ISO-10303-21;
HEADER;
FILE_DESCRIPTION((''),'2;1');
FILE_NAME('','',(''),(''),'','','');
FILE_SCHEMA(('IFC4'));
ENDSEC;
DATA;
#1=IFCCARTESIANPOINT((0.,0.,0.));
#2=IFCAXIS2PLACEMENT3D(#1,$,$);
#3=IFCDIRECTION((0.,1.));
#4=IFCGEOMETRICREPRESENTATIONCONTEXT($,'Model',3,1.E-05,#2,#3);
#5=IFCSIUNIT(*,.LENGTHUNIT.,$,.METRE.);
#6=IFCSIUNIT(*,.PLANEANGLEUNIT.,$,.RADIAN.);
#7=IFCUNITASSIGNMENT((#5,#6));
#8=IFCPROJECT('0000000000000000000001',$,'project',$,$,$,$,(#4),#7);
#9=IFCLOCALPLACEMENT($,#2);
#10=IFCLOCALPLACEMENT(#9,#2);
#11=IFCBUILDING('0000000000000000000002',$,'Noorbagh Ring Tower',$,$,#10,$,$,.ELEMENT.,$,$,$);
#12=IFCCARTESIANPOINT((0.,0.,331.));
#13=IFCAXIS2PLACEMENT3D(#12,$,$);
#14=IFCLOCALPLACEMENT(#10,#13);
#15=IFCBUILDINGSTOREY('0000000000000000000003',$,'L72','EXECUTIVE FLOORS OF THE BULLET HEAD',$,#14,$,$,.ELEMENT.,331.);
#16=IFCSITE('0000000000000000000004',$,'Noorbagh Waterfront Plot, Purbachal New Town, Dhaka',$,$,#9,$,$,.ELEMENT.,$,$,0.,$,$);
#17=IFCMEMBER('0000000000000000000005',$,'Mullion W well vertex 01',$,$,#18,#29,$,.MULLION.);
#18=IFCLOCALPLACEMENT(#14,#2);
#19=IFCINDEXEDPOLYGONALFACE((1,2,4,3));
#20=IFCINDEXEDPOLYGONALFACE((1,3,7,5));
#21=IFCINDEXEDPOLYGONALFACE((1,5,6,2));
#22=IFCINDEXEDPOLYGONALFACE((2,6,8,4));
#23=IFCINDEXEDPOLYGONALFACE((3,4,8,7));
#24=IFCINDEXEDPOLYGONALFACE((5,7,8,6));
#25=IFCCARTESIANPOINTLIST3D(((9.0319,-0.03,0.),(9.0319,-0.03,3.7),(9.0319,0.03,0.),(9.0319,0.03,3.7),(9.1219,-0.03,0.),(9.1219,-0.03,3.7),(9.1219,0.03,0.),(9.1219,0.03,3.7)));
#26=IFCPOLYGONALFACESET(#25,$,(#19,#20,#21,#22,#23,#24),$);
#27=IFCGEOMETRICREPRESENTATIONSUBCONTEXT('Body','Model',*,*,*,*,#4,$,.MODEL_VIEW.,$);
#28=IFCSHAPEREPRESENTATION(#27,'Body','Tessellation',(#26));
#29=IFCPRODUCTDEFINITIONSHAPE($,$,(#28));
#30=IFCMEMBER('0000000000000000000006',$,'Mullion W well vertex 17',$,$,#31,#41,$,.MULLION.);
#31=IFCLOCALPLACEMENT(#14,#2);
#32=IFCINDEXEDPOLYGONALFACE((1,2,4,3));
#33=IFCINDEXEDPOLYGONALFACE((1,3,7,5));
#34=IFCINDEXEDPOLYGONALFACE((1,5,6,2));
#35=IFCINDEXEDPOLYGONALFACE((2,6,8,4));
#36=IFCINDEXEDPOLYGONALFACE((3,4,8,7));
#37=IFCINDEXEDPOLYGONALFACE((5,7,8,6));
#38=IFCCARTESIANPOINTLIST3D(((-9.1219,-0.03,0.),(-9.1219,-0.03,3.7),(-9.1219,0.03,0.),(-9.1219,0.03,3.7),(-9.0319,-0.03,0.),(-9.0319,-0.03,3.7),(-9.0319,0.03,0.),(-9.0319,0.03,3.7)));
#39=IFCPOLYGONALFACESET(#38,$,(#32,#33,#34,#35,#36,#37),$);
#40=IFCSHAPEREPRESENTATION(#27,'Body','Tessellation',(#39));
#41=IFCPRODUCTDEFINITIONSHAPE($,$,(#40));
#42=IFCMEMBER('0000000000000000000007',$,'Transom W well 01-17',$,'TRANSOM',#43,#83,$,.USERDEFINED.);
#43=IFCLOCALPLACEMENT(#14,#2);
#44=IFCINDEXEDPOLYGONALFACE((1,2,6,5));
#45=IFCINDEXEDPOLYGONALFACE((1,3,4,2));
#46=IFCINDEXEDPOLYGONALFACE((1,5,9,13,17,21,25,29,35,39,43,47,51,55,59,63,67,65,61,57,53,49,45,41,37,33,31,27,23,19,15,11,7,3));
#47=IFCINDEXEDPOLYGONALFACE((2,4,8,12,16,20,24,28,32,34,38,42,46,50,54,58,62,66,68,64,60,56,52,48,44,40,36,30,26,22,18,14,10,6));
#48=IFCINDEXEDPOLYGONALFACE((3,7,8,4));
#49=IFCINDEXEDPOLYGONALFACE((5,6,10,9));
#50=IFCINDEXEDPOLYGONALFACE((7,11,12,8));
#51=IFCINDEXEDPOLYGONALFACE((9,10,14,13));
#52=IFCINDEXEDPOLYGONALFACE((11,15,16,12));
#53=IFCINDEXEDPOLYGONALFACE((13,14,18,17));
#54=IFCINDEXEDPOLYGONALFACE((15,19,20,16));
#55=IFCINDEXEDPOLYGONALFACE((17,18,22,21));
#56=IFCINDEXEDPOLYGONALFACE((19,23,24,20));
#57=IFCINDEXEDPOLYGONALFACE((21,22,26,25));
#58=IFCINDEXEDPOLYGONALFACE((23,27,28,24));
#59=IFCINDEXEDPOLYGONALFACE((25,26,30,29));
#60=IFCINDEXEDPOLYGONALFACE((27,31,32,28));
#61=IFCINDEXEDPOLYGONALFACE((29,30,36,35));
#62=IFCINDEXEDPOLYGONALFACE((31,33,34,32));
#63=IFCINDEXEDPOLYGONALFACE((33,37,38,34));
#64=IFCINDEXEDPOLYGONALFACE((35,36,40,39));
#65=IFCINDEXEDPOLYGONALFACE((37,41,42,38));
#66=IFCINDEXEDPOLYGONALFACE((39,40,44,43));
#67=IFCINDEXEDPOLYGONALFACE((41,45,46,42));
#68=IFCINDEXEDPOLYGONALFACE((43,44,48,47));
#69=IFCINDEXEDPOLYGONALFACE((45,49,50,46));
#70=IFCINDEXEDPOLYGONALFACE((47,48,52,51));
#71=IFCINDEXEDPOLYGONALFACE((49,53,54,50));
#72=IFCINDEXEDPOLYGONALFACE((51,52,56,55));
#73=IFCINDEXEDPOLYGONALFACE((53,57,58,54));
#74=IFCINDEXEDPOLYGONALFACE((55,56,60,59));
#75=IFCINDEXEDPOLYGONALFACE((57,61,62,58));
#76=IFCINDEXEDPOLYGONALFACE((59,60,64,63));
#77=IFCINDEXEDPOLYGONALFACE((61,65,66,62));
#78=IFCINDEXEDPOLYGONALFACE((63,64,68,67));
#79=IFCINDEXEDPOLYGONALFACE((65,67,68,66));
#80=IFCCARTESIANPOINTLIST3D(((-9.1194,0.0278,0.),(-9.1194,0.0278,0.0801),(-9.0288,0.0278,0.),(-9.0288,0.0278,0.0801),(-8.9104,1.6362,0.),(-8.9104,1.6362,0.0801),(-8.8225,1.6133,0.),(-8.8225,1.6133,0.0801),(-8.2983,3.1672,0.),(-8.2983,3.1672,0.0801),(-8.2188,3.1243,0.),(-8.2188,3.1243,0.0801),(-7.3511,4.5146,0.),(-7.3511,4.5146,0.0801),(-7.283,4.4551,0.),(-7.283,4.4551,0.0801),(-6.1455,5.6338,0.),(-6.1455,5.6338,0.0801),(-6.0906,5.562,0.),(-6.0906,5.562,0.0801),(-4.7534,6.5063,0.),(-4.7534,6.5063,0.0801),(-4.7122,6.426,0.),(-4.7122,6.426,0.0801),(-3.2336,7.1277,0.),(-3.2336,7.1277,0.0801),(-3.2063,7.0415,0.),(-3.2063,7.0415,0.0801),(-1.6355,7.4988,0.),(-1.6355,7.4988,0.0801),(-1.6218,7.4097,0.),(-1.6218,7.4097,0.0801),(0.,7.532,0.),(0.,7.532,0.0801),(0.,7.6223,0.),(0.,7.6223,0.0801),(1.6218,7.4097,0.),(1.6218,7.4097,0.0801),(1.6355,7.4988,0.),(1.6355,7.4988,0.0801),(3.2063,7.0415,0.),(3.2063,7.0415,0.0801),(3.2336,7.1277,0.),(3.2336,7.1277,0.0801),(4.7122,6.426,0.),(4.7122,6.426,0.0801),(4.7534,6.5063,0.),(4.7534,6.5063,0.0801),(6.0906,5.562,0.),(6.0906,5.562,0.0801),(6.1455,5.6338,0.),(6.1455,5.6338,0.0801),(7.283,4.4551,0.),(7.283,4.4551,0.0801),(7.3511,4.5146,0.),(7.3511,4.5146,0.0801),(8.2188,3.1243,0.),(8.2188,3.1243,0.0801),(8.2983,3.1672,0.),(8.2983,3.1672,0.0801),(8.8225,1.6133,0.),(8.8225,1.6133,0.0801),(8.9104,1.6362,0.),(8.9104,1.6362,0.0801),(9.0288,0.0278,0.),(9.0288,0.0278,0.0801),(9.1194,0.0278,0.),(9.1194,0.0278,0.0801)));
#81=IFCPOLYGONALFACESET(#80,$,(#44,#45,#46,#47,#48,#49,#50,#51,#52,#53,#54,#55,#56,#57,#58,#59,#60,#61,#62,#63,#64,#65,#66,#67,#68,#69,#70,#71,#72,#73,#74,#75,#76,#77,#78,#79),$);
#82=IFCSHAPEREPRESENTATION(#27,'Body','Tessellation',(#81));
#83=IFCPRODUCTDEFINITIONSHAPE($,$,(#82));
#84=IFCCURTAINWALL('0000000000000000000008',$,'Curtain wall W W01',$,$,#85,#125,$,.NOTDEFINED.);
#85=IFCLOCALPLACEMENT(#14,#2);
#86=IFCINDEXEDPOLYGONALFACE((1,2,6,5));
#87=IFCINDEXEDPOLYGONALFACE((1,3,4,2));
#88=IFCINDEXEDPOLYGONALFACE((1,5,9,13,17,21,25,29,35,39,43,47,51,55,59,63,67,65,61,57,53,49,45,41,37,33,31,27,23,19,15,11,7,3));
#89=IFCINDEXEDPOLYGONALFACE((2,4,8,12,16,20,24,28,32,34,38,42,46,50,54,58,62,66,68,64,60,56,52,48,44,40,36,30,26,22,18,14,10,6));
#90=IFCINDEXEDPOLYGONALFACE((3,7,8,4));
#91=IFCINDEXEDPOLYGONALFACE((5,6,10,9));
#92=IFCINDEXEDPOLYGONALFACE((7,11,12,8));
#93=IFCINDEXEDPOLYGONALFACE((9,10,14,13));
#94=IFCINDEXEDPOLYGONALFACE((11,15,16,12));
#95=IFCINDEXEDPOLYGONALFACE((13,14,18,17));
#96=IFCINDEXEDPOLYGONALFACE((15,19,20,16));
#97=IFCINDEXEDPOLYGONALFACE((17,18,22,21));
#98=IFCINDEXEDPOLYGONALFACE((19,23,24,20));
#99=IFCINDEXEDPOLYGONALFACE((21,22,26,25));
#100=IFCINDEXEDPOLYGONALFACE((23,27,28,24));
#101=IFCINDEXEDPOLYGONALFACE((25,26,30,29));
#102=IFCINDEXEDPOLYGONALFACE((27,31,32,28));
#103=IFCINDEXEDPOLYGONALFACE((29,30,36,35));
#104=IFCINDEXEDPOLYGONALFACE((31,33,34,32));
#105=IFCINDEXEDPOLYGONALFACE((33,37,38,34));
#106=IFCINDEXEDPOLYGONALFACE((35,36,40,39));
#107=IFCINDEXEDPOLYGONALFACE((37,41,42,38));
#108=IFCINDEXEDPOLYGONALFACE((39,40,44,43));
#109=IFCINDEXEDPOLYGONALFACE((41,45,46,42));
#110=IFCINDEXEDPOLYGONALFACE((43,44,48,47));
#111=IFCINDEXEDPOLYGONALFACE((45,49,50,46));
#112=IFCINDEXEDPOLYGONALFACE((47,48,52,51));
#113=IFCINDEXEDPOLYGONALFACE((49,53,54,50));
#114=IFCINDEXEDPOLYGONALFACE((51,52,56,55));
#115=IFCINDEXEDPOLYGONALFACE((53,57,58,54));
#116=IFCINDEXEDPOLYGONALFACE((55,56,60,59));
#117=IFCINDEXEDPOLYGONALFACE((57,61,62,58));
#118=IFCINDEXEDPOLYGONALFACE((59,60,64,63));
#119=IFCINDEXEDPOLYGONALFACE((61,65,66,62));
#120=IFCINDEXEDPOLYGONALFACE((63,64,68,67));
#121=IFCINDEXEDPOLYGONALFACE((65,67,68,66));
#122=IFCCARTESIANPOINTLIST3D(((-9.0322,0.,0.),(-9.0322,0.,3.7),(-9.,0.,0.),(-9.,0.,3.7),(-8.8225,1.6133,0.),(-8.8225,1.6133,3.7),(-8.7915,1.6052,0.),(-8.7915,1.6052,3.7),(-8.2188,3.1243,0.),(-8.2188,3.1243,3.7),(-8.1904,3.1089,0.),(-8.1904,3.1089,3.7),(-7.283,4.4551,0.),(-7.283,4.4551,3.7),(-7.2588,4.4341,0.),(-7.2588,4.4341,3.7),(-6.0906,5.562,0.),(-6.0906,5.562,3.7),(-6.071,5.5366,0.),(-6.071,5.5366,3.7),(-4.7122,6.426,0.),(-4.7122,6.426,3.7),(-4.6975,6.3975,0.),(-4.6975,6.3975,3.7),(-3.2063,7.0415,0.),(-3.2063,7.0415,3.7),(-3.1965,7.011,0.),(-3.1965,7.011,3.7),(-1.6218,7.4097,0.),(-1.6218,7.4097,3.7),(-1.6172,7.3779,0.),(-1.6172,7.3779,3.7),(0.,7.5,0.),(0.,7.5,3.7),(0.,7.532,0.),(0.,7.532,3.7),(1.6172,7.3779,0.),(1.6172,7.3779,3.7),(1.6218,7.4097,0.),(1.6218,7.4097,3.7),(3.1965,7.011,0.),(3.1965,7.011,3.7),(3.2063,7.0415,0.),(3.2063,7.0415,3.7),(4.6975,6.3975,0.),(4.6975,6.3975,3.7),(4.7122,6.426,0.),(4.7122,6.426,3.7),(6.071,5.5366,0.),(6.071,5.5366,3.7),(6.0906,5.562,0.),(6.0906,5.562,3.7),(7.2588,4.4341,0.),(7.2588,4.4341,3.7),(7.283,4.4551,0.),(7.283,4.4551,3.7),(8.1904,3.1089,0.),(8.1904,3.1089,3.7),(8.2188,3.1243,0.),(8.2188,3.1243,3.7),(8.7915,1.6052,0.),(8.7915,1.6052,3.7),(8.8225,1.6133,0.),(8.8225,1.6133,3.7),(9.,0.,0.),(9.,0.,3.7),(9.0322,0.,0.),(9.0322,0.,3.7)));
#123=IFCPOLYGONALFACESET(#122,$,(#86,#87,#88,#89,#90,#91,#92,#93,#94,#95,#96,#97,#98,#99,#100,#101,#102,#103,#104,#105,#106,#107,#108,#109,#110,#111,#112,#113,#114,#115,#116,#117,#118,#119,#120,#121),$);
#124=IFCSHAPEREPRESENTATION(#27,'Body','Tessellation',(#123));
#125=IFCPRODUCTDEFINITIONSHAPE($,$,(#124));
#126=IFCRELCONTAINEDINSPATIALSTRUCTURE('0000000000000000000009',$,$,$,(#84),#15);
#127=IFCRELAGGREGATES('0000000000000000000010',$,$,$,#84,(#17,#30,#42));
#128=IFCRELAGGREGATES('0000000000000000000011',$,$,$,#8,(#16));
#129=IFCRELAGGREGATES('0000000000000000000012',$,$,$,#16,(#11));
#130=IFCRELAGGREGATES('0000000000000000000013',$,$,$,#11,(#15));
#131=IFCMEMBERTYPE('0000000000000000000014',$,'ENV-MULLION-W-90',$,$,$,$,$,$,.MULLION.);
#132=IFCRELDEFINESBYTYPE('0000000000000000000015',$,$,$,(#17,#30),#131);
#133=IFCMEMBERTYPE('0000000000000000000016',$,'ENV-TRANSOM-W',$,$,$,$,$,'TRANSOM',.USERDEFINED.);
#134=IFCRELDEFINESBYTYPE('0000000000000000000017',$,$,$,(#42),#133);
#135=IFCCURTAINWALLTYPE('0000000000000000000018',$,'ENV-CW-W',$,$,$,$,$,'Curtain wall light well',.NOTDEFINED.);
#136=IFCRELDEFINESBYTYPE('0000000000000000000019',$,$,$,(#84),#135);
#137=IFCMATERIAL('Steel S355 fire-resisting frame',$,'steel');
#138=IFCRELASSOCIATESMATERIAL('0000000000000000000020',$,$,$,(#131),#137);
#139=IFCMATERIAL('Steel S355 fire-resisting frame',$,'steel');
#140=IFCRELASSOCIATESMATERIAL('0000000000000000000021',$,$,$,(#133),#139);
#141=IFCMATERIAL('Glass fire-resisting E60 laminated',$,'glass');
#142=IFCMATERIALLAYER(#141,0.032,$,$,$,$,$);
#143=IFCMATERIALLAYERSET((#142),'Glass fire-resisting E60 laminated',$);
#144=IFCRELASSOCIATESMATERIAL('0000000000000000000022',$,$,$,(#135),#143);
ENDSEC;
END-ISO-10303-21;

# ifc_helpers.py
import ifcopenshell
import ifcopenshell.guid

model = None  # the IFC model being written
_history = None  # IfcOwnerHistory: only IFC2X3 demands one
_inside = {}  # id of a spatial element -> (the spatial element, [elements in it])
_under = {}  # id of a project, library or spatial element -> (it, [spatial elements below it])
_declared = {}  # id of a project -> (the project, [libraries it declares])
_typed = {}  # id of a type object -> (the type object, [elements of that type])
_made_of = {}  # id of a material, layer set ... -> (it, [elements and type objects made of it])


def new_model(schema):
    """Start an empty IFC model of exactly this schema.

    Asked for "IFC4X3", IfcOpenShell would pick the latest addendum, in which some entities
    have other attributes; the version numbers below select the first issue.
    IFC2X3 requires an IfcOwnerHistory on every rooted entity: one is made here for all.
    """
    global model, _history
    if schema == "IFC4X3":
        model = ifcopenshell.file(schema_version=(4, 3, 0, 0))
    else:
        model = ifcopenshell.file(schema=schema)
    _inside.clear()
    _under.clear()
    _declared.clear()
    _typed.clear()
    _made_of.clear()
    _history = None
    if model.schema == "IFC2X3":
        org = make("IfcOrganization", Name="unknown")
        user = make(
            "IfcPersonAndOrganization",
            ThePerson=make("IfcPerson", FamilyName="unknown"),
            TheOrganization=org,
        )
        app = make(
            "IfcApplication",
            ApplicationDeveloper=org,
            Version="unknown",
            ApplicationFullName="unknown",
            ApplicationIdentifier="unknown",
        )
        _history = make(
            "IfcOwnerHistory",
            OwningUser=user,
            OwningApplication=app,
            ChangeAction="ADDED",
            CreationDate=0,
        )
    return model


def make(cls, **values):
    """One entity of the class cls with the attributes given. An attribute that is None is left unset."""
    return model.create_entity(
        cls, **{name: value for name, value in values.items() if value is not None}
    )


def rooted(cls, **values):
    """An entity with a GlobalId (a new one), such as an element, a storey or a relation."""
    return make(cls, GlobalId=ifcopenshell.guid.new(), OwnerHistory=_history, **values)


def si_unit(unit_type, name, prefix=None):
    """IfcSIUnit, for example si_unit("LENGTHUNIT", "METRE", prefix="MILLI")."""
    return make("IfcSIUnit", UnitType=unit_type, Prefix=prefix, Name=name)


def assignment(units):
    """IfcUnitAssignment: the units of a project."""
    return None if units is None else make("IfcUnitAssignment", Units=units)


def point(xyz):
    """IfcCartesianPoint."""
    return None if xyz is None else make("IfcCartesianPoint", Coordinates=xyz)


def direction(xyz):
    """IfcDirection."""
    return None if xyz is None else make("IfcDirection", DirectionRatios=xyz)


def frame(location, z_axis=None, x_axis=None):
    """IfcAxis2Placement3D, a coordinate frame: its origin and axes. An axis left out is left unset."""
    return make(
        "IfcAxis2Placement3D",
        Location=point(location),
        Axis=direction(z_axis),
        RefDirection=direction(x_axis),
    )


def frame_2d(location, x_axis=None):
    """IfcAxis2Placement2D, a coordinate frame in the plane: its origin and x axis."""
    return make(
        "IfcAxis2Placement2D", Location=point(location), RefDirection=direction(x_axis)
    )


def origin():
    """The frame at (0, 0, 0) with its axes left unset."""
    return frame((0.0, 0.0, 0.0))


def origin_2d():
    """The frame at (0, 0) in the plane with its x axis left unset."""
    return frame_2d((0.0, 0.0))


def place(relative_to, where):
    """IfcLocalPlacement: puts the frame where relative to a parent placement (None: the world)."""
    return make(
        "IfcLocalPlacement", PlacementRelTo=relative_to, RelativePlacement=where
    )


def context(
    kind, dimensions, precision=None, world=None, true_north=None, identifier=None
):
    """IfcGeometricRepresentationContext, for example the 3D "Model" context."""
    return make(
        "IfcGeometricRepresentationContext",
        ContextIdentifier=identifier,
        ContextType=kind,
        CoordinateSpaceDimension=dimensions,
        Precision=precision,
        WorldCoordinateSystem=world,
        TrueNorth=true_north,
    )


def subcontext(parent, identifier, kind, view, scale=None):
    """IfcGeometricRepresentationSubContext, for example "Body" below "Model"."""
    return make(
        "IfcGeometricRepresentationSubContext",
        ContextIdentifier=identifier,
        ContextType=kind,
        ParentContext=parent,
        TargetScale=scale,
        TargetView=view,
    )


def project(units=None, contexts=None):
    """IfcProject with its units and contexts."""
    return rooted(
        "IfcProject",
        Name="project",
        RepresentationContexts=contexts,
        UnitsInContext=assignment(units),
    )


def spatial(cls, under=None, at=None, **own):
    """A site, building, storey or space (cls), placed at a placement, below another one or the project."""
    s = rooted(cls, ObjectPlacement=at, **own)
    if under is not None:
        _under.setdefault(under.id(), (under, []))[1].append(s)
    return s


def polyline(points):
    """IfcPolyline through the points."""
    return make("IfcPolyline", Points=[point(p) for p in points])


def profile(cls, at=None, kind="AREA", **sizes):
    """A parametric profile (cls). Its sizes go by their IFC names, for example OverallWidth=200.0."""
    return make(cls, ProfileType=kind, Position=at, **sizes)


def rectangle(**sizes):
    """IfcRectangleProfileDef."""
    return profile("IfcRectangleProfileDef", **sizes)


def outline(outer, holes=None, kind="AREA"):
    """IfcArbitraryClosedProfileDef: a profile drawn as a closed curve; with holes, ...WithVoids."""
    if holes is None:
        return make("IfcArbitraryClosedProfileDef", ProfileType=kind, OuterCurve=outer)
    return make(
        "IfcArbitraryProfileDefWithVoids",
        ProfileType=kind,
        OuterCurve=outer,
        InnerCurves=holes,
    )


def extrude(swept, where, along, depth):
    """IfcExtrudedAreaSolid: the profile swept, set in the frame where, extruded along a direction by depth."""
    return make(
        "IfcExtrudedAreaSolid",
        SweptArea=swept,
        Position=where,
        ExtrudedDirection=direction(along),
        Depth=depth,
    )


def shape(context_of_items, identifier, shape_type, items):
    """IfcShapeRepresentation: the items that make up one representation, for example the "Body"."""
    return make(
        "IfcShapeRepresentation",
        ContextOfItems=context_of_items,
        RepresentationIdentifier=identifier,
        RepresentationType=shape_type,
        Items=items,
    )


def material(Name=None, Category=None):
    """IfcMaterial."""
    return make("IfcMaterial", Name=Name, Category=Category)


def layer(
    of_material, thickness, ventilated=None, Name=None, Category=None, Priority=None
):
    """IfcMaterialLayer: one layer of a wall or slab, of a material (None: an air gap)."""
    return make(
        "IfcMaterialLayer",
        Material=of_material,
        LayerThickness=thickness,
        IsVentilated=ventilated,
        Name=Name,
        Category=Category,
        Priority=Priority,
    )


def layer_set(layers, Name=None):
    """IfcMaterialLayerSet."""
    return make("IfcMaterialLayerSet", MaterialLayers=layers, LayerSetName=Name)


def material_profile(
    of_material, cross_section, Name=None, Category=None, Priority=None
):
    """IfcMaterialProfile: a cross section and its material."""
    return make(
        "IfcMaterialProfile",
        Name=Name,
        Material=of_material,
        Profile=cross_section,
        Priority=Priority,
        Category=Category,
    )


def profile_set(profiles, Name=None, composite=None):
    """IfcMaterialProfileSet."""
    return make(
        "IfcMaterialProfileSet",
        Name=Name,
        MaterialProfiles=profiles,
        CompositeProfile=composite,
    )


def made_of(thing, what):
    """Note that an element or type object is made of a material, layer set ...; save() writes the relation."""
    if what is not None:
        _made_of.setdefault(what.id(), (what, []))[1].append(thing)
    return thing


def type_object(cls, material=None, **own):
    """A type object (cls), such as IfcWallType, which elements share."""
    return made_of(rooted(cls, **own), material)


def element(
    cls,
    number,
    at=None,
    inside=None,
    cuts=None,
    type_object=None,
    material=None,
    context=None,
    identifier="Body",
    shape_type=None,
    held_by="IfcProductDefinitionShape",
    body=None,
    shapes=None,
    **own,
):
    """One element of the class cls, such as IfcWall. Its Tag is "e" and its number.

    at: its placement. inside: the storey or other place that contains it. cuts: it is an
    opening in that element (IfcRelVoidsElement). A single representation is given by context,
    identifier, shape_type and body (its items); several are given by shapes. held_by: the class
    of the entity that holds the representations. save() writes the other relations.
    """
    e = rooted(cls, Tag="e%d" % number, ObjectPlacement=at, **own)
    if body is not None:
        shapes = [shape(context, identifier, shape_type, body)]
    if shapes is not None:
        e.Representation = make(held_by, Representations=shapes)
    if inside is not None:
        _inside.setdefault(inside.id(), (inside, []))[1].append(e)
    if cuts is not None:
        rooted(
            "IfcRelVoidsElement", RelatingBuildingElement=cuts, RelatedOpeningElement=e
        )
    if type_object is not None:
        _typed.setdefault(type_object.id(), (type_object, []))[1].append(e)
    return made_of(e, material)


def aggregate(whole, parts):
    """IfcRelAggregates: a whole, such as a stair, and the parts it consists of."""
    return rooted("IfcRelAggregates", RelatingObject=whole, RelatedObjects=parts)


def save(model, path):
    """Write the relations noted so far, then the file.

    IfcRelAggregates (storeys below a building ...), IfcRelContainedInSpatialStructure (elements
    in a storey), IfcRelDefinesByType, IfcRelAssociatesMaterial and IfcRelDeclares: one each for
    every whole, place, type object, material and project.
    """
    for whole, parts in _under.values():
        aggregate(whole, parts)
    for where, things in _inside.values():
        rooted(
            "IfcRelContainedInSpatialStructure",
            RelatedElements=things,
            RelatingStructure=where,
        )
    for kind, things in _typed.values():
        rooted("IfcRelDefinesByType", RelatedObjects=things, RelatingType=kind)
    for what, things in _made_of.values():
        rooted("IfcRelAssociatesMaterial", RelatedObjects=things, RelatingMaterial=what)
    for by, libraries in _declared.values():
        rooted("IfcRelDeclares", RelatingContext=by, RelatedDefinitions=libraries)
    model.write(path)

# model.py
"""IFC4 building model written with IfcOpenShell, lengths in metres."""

from ifc_helpers import new_model, si_unit, direction, frame, origin, origin_2d, place, context, subcontext, project, spatial, polyline, rectangle, outline, extrude, material, layer, layer_set, material_profile, profile_set, type_object, element, aggregate, save


model = new_model("IFC4")

# Units and contexts
model_context = context("Model", 3, precision=1e-05, world=origin(), true_north=direction((0.0, 1.0)))
body_context = subcontext(model_context, "Body", "Model", "MODEL_VIEW")
ifc_project = project(units=[si_unit("LENGTHUNIT", "METRE"), si_unit("PLANEANGLEUNIT", "RADIAN")], contexts=[model_context])

# Members
site_placement = place(None, origin())
building_placement = place(site_placement, origin())
storey_placement = place(building_placement, frame((0.0, 0.0, 331.0)))
ifc_material_1 = material(Name="Steel S355 fire-resisting frame", Category="steel")
ifc_material_profile_1 = material_profile(ifc_material_1, rectangle(XDim=0.0901, YDim=0.0601, at=origin_2d()), Name="90x60")
ifc_profile_set_1 = profile_set([ifc_material_profile_1], Name="Steel S355 fire-resisting frame")
member_type_1 = type_object("IfcMemberType", Name="ENV-MULLION-W-90", PredefinedType="MULLION", material=ifc_profile_set_1)
member_1_placement = place(storey_placement, frame((9.0769, 0.0, 0.0), z_axis=(0.0, 0.0, 1.0), x_axis=(1.0, 0.0, 0.0)))
member_1 = element("IfcMember", 1, at=member_1_placement, type_object=member_type_1, Name="Mullion W well vertex 01", PredefinedType="MULLION", context=body_context, shape_type="SweptSolid", body=[
    extrude(rectangle(XDim=0.0901, YDim=0.0601, at=origin_2d()), origin(), (0.0, 0.0, 1.0), 3.7),
])
member_2_placement = place(storey_placement, frame((-9.0769, 0.0, 0.0), z_axis=(0.0, 0.0, 1.0), x_axis=(-1.0, 0.0, 0.0)))
member_2 = element("IfcMember", 2, at=member_2_placement, type_object=member_type_1, Name="Mullion W well vertex 17", PredefinedType="MULLION", context=body_context, shape_type="SweptSolid", body=[
    extrude(rectangle(XDim=0.0901, YDim=0.0601, at=origin_2d()), origin(), (0.0, 0.0, 1.0), 3.7),
])
ifc_material_2 = material(Name="Steel S355 fire-resisting frame", Category="steel")
member_type_2 = type_object("IfcMemberType", Name="ENV-TRANSOM-W", ElementType="TRANSOM", PredefinedType="USERDEFINED", material=ifc_material_2)
member_3_placement = place(storey_placement, origin())
member_3 = element("IfcMember", 3, at=member_3_placement, type_object=member_type_2, Name="Transom W well 01-17", ObjectType="TRANSOM", PredefinedType="USERDEFINED", context=body_context, shape_type="SweptSolid", body=[
    extrude(outline(polyline([(9.1194, 0.0278), (8.9104, 1.6362), (8.2983, 3.1672), (7.3511, 4.5146), (6.1455, 5.6338), (4.7534, 6.5063), (3.2336, 7.1277), (1.6355, 7.4988), (0.0, 7.6223), (-1.6355, 7.4988), (-3.2336, 7.1277), (-4.7534, 6.5063), (-6.1455, 5.6338), (-7.3511, 4.5146), (-8.2983, 3.1672), (-8.9104, 1.6362), (-9.1194, 0.0278), (-9.0288, 0.0278), (-8.8225, 1.6133), (-8.2188, 3.1243), (-7.283, 4.4551), (-6.0906, 5.562), (-4.7122, 6.426), (-3.2063, 7.0415), (-1.6218, 7.4097), (0.0, 7.532), (1.6218, 7.4097), (3.2063, 7.0415), (4.7122, 6.426), (6.0906, 5.562), (7.283, 4.4551), (8.2188, 3.1243), (8.8225, 1.6133), (9.0288, 0.0278), (9.1194, 0.0278)])), origin(), (0.0, 0.0, 1.0), 0.0801),
])

# Site, building, storey
site = spatial("IfcSite", under=ifc_project, at=site_placement, Name="Noorbagh Waterfront Plot, Purbachal New Town, Dhaka", CompositionType="ELEMENT", RefElevation=0.0)
building = spatial("IfcBuilding", under=site, at=building_placement, Name="Noorbagh Ring Tower", CompositionType="ELEMENT")
storey = spatial("IfcBuildingStorey", under=building, at=storey_placement, Name="L72", Description="EXECUTIVE FLOORS OF THE BULLET HEAD", CompositionType="ELEMENT", Elevation=331.0)

# Curtain wall
ifc_material_3 = material(Name="Glass fire-resisting E60 laminated", Category="glass")
ifc_layer_1 = layer(ifc_material_3, 0.032)
ifc_layer_set_1 = layer_set([ifc_layer_1], Name="Glass fire-resisting E60 laminated")
curtain_wall_type_1 = type_object("IfcCurtainWallType", Name="ENV-CW-W", ElementType="Curtain wall light well", PredefinedType="NOTDEFINED", material=ifc_layer_set_1)
curtain_wall_1_placement = place(storey_placement, origin())
curtain_wall_1 = element("IfcCurtainWall", 4, at=curtain_wall_1_placement, inside=storey, type_object=curtain_wall_type_1, Name="Curtain wall W W01", PredefinedType="NOTDEFINED", context=body_context, shape_type="SweptSolid", body=[
    extrude(outline(polyline([(9.0322, 0.0), (8.8225, 1.6133), (8.2188, 3.1243), (7.283, 4.4551), (6.0906, 5.562), (4.7122, 6.426), (3.2063, 7.0415), (1.6218, 7.4097), (0.0, 7.532), (-1.6218, 7.4097), (-3.2063, 7.0415), (-4.7122, 6.426), (-6.0906, 5.562), (-7.283, 4.4551), (-8.2188, 3.1243), (-8.8225, 1.6133), (-9.0322, 0.0), (-9.0, 0.0), (-8.7915, 1.6052), (-8.1904, 3.1089), (-7.2588, 4.4341), (-6.071, 5.5366), (-4.6975, 6.3975), (-3.1965, 7.011), (-1.6172, 7.3779), (0.0, 7.5), (1.6172, 7.3779), (3.1965, 7.011), (4.6975, 6.3975), (6.071, 5.5366), (7.2588, 4.4341), (8.1904, 3.1089), (8.7915, 1.6052), (9.0, 0.0), (9.0322, 0.0)])), origin(), (0.0, 0.0, 1.0), 3.7),
])
aggregate(curtain_wall_1, [member_1, member_2, member_3])

save(model, "model.ifc")
